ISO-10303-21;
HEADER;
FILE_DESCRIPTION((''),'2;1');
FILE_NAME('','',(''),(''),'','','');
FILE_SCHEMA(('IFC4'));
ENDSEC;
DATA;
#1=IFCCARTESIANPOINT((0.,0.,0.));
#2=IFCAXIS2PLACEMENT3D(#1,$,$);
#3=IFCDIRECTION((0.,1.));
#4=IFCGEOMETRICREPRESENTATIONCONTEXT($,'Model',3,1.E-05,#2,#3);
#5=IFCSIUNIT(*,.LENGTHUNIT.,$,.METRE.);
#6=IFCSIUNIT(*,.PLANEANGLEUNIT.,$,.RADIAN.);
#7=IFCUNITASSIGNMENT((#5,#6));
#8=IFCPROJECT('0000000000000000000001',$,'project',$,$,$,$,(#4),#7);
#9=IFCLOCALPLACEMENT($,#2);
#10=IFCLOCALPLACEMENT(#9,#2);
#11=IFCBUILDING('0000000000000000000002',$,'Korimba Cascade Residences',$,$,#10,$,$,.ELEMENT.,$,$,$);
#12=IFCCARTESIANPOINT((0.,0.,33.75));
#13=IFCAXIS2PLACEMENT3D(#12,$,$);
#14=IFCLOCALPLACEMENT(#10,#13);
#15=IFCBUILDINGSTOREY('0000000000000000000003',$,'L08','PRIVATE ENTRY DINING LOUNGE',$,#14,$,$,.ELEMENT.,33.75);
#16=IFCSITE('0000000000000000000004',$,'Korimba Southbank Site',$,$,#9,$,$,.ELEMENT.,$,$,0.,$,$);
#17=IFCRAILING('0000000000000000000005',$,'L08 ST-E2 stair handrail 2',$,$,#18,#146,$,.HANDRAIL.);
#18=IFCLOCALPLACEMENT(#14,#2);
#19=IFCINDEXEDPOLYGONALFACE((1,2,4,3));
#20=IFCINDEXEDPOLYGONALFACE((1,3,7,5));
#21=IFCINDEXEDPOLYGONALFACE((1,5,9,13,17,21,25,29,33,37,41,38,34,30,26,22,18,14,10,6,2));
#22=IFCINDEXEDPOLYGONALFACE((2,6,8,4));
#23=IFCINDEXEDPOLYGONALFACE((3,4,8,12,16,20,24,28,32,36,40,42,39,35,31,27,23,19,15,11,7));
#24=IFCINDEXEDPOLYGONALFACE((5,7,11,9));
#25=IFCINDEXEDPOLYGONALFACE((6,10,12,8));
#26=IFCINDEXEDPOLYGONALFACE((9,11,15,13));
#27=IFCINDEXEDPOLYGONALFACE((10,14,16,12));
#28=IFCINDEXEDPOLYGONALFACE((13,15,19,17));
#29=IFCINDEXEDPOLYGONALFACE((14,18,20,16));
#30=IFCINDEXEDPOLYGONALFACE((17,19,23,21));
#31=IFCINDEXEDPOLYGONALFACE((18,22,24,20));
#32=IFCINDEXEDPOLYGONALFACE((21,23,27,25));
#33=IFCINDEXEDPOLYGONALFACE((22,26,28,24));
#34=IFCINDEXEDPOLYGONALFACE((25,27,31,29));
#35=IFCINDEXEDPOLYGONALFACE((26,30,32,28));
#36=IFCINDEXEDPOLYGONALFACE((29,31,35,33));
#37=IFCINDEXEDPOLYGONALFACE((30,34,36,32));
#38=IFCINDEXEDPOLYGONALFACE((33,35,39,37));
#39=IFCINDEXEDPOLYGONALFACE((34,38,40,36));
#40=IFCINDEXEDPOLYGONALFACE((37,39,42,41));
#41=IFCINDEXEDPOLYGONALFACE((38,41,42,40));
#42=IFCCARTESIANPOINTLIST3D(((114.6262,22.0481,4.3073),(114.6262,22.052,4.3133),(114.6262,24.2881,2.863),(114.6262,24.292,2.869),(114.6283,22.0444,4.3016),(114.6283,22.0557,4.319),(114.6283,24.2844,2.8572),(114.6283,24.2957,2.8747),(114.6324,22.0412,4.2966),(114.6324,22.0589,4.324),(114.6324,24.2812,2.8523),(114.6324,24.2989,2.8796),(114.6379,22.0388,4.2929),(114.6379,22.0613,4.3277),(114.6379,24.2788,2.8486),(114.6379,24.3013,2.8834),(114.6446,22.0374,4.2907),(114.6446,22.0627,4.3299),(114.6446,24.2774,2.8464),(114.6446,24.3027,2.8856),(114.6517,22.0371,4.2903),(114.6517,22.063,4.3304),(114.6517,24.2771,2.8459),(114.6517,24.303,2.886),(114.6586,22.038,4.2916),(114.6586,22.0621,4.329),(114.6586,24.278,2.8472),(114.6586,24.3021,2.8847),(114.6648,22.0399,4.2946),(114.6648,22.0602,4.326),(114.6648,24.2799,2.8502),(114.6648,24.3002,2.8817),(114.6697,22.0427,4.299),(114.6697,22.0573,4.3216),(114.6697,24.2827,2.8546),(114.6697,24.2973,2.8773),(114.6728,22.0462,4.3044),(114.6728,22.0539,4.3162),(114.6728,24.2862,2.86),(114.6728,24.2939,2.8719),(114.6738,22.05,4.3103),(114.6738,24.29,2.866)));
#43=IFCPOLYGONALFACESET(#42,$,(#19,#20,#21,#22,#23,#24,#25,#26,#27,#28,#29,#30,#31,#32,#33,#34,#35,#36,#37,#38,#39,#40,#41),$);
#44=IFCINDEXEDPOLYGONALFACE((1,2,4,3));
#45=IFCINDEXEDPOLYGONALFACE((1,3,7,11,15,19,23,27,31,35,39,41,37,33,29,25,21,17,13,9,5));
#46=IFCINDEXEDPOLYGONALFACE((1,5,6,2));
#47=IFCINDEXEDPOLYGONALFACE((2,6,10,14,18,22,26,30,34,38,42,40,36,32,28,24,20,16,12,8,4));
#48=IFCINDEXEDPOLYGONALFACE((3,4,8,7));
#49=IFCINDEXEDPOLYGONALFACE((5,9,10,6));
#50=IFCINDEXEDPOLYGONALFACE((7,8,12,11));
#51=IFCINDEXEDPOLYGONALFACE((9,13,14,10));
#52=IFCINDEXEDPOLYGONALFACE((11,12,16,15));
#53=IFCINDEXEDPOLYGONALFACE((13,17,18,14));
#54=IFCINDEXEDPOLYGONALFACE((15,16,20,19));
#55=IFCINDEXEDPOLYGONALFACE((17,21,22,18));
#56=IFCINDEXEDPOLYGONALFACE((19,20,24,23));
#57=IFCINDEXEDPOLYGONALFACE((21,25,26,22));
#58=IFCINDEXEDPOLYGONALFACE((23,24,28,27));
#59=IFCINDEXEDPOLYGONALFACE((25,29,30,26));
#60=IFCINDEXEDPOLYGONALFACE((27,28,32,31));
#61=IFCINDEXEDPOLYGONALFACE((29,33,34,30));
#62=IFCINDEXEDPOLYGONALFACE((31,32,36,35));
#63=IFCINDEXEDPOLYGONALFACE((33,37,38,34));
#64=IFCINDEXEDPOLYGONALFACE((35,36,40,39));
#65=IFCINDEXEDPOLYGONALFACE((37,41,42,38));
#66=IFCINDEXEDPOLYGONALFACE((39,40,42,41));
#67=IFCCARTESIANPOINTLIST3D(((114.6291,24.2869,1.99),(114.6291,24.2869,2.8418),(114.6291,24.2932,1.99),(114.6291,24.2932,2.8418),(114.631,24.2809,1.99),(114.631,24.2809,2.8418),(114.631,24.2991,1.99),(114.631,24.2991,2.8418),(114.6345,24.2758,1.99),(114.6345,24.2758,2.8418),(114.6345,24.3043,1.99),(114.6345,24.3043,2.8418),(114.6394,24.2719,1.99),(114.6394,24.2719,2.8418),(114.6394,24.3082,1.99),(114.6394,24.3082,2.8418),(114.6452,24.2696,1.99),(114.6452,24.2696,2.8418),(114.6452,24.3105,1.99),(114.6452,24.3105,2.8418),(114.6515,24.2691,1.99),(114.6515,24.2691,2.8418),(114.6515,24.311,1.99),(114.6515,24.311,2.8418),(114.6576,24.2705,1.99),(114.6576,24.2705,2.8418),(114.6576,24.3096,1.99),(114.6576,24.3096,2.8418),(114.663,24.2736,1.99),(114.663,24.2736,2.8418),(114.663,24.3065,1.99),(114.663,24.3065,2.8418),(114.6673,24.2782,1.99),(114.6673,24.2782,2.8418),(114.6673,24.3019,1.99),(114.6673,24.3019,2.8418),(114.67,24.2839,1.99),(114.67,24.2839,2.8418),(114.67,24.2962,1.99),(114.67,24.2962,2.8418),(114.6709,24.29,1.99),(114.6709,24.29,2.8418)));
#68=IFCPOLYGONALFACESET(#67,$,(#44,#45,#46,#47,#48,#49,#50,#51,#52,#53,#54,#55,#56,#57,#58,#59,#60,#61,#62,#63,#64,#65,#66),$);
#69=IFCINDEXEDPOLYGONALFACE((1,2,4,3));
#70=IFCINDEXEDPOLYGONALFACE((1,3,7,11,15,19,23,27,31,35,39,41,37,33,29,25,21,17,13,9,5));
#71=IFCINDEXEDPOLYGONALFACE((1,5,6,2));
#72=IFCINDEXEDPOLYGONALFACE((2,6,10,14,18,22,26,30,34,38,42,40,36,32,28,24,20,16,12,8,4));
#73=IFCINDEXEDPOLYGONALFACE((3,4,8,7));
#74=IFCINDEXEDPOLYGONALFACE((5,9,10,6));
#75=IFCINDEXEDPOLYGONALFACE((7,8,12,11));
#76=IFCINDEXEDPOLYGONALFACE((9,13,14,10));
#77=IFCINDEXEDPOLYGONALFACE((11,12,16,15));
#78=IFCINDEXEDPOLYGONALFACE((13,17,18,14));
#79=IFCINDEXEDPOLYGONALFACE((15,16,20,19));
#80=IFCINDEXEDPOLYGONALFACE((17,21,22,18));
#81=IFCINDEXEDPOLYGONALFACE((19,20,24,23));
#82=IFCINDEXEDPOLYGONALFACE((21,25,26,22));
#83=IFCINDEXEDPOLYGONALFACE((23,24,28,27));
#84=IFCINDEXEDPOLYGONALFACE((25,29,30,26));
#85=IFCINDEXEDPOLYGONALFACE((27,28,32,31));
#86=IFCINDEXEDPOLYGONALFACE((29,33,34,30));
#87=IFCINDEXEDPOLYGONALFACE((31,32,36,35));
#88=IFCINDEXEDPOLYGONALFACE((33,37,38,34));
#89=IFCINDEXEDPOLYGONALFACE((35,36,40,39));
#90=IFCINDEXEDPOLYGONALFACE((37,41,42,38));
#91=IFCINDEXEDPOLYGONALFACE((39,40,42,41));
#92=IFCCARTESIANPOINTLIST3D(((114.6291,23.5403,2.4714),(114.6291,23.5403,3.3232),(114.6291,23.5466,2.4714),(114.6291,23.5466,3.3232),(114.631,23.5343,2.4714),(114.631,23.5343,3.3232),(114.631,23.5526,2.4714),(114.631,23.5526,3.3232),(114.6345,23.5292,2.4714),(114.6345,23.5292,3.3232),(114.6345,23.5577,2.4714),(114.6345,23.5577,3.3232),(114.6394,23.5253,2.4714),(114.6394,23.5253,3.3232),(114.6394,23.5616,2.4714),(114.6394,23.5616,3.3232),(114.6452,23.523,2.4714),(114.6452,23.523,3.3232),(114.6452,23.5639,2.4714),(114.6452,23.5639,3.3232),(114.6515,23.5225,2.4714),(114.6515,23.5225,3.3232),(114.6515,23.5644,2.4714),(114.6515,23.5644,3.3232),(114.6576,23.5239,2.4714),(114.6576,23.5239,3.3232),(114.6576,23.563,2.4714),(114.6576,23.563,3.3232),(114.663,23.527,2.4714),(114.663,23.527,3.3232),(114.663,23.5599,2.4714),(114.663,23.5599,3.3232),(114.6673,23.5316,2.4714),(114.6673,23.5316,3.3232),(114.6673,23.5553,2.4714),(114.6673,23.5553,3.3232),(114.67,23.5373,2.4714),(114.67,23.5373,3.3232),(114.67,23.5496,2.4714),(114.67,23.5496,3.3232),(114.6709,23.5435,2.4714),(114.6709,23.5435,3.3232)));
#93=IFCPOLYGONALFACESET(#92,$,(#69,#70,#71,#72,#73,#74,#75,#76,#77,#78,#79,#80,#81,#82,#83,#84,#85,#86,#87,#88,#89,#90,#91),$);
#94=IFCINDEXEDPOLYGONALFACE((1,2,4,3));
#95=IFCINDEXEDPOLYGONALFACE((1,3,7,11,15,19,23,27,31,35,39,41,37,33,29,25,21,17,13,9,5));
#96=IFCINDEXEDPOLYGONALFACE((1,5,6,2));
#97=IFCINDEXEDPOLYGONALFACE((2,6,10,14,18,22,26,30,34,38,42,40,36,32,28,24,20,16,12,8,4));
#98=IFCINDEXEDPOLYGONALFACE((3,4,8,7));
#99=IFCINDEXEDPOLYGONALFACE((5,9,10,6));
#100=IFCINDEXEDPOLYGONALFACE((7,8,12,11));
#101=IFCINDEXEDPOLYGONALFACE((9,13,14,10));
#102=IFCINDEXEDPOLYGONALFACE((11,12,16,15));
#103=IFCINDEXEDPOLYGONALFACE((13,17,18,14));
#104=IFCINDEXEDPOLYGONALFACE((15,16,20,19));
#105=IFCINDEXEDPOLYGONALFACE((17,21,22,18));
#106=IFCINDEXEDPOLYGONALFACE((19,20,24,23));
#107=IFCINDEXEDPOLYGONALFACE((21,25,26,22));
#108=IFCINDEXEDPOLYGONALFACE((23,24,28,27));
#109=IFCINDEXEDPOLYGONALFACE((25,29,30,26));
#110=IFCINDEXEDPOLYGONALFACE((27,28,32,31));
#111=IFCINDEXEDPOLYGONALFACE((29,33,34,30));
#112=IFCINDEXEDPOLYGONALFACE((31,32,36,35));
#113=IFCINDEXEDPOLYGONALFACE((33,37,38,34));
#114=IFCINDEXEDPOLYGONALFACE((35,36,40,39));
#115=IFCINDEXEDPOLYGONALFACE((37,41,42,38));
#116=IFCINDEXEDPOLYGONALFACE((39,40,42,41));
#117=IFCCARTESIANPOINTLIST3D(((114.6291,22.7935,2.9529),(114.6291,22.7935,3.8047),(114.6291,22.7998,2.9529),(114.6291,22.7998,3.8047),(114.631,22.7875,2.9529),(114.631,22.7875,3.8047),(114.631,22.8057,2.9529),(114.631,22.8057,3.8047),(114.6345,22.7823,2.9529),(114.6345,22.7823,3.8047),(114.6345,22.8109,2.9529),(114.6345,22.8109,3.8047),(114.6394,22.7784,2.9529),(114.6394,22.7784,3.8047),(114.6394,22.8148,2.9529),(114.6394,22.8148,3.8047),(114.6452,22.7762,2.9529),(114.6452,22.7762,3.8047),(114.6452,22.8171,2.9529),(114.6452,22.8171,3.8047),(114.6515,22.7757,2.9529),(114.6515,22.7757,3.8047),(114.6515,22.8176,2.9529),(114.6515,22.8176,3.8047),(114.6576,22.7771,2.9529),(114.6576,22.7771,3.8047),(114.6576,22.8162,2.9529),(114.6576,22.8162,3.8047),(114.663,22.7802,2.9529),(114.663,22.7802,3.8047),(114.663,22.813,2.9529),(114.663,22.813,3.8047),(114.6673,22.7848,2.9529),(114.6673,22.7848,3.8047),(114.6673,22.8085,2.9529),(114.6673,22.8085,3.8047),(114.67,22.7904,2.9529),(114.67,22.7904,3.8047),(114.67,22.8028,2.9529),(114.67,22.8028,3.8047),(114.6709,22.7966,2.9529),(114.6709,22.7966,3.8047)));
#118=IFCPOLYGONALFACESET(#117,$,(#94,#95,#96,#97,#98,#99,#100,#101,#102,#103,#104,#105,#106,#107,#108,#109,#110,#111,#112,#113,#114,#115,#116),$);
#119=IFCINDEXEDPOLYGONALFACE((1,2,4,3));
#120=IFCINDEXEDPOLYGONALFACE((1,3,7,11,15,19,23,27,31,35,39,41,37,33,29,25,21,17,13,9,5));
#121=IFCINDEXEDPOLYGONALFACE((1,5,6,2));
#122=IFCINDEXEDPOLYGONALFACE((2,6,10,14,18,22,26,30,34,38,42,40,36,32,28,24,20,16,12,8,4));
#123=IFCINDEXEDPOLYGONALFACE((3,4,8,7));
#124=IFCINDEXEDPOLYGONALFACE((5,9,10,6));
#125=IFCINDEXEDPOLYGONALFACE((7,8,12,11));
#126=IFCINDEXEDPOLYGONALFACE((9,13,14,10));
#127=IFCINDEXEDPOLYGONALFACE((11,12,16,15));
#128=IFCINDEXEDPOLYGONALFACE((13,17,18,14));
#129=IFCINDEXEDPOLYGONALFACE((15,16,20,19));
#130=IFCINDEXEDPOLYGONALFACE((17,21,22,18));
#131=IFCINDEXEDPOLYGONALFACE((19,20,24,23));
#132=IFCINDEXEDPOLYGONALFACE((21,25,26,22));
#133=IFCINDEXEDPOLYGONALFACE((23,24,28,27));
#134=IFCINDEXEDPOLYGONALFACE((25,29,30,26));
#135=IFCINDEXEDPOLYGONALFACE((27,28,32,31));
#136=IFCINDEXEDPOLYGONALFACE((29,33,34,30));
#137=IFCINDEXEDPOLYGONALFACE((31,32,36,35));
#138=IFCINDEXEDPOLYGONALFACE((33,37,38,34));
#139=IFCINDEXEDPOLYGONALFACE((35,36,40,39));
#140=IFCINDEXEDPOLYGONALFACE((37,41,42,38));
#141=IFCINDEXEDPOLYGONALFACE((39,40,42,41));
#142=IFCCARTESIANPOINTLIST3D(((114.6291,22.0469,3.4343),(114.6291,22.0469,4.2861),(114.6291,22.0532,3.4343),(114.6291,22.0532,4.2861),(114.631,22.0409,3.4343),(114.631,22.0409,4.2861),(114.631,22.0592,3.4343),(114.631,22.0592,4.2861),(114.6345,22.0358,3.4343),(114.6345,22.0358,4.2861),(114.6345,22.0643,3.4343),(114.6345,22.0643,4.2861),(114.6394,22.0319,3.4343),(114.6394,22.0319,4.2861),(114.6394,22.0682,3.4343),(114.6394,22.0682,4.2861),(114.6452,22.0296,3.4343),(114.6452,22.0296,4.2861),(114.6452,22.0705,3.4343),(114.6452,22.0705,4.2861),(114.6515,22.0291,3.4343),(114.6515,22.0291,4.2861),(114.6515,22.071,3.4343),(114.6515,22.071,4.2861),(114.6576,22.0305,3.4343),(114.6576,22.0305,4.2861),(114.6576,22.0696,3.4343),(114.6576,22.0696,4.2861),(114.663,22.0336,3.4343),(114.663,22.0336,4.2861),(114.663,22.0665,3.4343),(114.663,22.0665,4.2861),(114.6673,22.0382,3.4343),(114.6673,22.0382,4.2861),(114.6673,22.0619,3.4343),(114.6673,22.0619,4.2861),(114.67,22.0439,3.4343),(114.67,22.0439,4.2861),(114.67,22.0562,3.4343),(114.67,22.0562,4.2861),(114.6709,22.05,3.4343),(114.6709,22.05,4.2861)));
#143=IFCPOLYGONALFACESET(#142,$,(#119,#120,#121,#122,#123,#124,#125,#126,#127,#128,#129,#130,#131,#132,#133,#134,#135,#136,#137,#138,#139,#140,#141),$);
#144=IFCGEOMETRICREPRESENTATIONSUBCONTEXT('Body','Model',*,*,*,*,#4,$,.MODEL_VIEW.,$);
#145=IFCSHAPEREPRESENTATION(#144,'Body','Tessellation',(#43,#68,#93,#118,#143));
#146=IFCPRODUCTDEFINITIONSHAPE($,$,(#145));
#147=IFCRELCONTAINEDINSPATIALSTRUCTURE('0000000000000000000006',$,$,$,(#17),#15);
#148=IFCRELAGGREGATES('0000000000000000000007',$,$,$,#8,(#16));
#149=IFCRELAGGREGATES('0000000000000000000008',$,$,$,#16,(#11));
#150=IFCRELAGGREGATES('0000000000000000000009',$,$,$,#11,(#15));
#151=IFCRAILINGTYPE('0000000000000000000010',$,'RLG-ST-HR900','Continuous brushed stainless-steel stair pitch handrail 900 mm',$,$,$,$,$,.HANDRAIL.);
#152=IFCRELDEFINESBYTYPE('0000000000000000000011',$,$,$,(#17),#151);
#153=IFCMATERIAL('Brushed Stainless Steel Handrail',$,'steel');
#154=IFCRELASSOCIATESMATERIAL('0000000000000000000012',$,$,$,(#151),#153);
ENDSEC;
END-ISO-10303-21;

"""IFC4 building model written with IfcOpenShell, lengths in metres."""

from ifc_helpers import new_model, si_unit, direction, frame, origin, origin_2d, place, context, subcontext, project, spatial, circle, extrude, material, type_object, element, save


model = new_model("IFC4")

# Units and contexts
model_context = context("Model", 3, precision=1e-05, world=origin(), true_north=direction((0.0, 1.0)))
body_context = subcontext(model_context, "Body", "Model", "MODEL_VIEW")
ifc_project = project(units=[si_unit("LENGTHUNIT", "METRE"), si_unit("PLANEANGLEUNIT", "RADIAN")], contexts=[model_context])

# Site, building, storey
site_placement = place(None, origin())
site = spatial("IfcSite", under=ifc_project, at=site_placement, Name="Korimba Southbank Site", CompositionType="ELEMENT", RefElevation=0.0)
building_placement = place(site_placement, origin())
building = spatial("IfcBuilding", under=site, at=building_placement, Name="Korimba Cascade Residences", CompositionType="ELEMENT")
storey_placement = place(building_placement, frame((0.0, 0.0, 33.75)))
storey = spatial("IfcBuildingStorey", under=building, at=storey_placement, Name="L08", Description="PRIVATE ENTRY DINING LOUNGE", CompositionType="ELEMENT", Elevation=33.75)

# Railing
ifc_material_1 = material(Name="Brushed Stainless Steel Handrail", Category="steel")
railing_type_1 = type_object("IfcRailingType", Name="RLG-ST-HR900", Description="Continuous brushed stainless-steel stair pitch handrail 900 mm", PredefinedType="HANDRAIL", material=ifc_material_1)
railing_1_placement = place(storey_placement, frame((114.6499, 24.29, 1.99)))
element("IfcRailing", 1, at=railing_1_placement, inside=storey, type_object=railing_type_1, Name="L08 ST-E2 stair handrail 2", PredefinedType="HANDRAIL", context=body_context, shape_type="SweptSolid", body=[
    extrude(circle(Radius=0.0239, at=origin_2d()), frame((0.0, 0.0, 0.876), z_axis=(0.0, -0.840437, 0.54191), x_axis=(1.0, 0.0, 0.0)), (0.0, 0.0, 1.0), 2.6653),
    extrude(circle(Radius=0.021, at=origin_2d()), origin(), (0.0, 0.0, 1.0), 0.8518),
    extrude(circle(Radius=0.021, at=origin_2d()), frame((0.0, -0.7466, 0.4814)), (0.0, 0.0, 1.0), 0.8518),
    extrude(circle(Radius=0.021, at=origin_2d()), frame((0.0, -1.4934, 0.9629)), (0.0, 0.0, 1.0), 0.8518),
    extrude(circle(Radius=0.021, at=origin_2d()), frame((0.0, -2.24, 1.4443)), (0.0, 0.0, 1.0), 0.8518),
])

save(model, "model.ifc")
